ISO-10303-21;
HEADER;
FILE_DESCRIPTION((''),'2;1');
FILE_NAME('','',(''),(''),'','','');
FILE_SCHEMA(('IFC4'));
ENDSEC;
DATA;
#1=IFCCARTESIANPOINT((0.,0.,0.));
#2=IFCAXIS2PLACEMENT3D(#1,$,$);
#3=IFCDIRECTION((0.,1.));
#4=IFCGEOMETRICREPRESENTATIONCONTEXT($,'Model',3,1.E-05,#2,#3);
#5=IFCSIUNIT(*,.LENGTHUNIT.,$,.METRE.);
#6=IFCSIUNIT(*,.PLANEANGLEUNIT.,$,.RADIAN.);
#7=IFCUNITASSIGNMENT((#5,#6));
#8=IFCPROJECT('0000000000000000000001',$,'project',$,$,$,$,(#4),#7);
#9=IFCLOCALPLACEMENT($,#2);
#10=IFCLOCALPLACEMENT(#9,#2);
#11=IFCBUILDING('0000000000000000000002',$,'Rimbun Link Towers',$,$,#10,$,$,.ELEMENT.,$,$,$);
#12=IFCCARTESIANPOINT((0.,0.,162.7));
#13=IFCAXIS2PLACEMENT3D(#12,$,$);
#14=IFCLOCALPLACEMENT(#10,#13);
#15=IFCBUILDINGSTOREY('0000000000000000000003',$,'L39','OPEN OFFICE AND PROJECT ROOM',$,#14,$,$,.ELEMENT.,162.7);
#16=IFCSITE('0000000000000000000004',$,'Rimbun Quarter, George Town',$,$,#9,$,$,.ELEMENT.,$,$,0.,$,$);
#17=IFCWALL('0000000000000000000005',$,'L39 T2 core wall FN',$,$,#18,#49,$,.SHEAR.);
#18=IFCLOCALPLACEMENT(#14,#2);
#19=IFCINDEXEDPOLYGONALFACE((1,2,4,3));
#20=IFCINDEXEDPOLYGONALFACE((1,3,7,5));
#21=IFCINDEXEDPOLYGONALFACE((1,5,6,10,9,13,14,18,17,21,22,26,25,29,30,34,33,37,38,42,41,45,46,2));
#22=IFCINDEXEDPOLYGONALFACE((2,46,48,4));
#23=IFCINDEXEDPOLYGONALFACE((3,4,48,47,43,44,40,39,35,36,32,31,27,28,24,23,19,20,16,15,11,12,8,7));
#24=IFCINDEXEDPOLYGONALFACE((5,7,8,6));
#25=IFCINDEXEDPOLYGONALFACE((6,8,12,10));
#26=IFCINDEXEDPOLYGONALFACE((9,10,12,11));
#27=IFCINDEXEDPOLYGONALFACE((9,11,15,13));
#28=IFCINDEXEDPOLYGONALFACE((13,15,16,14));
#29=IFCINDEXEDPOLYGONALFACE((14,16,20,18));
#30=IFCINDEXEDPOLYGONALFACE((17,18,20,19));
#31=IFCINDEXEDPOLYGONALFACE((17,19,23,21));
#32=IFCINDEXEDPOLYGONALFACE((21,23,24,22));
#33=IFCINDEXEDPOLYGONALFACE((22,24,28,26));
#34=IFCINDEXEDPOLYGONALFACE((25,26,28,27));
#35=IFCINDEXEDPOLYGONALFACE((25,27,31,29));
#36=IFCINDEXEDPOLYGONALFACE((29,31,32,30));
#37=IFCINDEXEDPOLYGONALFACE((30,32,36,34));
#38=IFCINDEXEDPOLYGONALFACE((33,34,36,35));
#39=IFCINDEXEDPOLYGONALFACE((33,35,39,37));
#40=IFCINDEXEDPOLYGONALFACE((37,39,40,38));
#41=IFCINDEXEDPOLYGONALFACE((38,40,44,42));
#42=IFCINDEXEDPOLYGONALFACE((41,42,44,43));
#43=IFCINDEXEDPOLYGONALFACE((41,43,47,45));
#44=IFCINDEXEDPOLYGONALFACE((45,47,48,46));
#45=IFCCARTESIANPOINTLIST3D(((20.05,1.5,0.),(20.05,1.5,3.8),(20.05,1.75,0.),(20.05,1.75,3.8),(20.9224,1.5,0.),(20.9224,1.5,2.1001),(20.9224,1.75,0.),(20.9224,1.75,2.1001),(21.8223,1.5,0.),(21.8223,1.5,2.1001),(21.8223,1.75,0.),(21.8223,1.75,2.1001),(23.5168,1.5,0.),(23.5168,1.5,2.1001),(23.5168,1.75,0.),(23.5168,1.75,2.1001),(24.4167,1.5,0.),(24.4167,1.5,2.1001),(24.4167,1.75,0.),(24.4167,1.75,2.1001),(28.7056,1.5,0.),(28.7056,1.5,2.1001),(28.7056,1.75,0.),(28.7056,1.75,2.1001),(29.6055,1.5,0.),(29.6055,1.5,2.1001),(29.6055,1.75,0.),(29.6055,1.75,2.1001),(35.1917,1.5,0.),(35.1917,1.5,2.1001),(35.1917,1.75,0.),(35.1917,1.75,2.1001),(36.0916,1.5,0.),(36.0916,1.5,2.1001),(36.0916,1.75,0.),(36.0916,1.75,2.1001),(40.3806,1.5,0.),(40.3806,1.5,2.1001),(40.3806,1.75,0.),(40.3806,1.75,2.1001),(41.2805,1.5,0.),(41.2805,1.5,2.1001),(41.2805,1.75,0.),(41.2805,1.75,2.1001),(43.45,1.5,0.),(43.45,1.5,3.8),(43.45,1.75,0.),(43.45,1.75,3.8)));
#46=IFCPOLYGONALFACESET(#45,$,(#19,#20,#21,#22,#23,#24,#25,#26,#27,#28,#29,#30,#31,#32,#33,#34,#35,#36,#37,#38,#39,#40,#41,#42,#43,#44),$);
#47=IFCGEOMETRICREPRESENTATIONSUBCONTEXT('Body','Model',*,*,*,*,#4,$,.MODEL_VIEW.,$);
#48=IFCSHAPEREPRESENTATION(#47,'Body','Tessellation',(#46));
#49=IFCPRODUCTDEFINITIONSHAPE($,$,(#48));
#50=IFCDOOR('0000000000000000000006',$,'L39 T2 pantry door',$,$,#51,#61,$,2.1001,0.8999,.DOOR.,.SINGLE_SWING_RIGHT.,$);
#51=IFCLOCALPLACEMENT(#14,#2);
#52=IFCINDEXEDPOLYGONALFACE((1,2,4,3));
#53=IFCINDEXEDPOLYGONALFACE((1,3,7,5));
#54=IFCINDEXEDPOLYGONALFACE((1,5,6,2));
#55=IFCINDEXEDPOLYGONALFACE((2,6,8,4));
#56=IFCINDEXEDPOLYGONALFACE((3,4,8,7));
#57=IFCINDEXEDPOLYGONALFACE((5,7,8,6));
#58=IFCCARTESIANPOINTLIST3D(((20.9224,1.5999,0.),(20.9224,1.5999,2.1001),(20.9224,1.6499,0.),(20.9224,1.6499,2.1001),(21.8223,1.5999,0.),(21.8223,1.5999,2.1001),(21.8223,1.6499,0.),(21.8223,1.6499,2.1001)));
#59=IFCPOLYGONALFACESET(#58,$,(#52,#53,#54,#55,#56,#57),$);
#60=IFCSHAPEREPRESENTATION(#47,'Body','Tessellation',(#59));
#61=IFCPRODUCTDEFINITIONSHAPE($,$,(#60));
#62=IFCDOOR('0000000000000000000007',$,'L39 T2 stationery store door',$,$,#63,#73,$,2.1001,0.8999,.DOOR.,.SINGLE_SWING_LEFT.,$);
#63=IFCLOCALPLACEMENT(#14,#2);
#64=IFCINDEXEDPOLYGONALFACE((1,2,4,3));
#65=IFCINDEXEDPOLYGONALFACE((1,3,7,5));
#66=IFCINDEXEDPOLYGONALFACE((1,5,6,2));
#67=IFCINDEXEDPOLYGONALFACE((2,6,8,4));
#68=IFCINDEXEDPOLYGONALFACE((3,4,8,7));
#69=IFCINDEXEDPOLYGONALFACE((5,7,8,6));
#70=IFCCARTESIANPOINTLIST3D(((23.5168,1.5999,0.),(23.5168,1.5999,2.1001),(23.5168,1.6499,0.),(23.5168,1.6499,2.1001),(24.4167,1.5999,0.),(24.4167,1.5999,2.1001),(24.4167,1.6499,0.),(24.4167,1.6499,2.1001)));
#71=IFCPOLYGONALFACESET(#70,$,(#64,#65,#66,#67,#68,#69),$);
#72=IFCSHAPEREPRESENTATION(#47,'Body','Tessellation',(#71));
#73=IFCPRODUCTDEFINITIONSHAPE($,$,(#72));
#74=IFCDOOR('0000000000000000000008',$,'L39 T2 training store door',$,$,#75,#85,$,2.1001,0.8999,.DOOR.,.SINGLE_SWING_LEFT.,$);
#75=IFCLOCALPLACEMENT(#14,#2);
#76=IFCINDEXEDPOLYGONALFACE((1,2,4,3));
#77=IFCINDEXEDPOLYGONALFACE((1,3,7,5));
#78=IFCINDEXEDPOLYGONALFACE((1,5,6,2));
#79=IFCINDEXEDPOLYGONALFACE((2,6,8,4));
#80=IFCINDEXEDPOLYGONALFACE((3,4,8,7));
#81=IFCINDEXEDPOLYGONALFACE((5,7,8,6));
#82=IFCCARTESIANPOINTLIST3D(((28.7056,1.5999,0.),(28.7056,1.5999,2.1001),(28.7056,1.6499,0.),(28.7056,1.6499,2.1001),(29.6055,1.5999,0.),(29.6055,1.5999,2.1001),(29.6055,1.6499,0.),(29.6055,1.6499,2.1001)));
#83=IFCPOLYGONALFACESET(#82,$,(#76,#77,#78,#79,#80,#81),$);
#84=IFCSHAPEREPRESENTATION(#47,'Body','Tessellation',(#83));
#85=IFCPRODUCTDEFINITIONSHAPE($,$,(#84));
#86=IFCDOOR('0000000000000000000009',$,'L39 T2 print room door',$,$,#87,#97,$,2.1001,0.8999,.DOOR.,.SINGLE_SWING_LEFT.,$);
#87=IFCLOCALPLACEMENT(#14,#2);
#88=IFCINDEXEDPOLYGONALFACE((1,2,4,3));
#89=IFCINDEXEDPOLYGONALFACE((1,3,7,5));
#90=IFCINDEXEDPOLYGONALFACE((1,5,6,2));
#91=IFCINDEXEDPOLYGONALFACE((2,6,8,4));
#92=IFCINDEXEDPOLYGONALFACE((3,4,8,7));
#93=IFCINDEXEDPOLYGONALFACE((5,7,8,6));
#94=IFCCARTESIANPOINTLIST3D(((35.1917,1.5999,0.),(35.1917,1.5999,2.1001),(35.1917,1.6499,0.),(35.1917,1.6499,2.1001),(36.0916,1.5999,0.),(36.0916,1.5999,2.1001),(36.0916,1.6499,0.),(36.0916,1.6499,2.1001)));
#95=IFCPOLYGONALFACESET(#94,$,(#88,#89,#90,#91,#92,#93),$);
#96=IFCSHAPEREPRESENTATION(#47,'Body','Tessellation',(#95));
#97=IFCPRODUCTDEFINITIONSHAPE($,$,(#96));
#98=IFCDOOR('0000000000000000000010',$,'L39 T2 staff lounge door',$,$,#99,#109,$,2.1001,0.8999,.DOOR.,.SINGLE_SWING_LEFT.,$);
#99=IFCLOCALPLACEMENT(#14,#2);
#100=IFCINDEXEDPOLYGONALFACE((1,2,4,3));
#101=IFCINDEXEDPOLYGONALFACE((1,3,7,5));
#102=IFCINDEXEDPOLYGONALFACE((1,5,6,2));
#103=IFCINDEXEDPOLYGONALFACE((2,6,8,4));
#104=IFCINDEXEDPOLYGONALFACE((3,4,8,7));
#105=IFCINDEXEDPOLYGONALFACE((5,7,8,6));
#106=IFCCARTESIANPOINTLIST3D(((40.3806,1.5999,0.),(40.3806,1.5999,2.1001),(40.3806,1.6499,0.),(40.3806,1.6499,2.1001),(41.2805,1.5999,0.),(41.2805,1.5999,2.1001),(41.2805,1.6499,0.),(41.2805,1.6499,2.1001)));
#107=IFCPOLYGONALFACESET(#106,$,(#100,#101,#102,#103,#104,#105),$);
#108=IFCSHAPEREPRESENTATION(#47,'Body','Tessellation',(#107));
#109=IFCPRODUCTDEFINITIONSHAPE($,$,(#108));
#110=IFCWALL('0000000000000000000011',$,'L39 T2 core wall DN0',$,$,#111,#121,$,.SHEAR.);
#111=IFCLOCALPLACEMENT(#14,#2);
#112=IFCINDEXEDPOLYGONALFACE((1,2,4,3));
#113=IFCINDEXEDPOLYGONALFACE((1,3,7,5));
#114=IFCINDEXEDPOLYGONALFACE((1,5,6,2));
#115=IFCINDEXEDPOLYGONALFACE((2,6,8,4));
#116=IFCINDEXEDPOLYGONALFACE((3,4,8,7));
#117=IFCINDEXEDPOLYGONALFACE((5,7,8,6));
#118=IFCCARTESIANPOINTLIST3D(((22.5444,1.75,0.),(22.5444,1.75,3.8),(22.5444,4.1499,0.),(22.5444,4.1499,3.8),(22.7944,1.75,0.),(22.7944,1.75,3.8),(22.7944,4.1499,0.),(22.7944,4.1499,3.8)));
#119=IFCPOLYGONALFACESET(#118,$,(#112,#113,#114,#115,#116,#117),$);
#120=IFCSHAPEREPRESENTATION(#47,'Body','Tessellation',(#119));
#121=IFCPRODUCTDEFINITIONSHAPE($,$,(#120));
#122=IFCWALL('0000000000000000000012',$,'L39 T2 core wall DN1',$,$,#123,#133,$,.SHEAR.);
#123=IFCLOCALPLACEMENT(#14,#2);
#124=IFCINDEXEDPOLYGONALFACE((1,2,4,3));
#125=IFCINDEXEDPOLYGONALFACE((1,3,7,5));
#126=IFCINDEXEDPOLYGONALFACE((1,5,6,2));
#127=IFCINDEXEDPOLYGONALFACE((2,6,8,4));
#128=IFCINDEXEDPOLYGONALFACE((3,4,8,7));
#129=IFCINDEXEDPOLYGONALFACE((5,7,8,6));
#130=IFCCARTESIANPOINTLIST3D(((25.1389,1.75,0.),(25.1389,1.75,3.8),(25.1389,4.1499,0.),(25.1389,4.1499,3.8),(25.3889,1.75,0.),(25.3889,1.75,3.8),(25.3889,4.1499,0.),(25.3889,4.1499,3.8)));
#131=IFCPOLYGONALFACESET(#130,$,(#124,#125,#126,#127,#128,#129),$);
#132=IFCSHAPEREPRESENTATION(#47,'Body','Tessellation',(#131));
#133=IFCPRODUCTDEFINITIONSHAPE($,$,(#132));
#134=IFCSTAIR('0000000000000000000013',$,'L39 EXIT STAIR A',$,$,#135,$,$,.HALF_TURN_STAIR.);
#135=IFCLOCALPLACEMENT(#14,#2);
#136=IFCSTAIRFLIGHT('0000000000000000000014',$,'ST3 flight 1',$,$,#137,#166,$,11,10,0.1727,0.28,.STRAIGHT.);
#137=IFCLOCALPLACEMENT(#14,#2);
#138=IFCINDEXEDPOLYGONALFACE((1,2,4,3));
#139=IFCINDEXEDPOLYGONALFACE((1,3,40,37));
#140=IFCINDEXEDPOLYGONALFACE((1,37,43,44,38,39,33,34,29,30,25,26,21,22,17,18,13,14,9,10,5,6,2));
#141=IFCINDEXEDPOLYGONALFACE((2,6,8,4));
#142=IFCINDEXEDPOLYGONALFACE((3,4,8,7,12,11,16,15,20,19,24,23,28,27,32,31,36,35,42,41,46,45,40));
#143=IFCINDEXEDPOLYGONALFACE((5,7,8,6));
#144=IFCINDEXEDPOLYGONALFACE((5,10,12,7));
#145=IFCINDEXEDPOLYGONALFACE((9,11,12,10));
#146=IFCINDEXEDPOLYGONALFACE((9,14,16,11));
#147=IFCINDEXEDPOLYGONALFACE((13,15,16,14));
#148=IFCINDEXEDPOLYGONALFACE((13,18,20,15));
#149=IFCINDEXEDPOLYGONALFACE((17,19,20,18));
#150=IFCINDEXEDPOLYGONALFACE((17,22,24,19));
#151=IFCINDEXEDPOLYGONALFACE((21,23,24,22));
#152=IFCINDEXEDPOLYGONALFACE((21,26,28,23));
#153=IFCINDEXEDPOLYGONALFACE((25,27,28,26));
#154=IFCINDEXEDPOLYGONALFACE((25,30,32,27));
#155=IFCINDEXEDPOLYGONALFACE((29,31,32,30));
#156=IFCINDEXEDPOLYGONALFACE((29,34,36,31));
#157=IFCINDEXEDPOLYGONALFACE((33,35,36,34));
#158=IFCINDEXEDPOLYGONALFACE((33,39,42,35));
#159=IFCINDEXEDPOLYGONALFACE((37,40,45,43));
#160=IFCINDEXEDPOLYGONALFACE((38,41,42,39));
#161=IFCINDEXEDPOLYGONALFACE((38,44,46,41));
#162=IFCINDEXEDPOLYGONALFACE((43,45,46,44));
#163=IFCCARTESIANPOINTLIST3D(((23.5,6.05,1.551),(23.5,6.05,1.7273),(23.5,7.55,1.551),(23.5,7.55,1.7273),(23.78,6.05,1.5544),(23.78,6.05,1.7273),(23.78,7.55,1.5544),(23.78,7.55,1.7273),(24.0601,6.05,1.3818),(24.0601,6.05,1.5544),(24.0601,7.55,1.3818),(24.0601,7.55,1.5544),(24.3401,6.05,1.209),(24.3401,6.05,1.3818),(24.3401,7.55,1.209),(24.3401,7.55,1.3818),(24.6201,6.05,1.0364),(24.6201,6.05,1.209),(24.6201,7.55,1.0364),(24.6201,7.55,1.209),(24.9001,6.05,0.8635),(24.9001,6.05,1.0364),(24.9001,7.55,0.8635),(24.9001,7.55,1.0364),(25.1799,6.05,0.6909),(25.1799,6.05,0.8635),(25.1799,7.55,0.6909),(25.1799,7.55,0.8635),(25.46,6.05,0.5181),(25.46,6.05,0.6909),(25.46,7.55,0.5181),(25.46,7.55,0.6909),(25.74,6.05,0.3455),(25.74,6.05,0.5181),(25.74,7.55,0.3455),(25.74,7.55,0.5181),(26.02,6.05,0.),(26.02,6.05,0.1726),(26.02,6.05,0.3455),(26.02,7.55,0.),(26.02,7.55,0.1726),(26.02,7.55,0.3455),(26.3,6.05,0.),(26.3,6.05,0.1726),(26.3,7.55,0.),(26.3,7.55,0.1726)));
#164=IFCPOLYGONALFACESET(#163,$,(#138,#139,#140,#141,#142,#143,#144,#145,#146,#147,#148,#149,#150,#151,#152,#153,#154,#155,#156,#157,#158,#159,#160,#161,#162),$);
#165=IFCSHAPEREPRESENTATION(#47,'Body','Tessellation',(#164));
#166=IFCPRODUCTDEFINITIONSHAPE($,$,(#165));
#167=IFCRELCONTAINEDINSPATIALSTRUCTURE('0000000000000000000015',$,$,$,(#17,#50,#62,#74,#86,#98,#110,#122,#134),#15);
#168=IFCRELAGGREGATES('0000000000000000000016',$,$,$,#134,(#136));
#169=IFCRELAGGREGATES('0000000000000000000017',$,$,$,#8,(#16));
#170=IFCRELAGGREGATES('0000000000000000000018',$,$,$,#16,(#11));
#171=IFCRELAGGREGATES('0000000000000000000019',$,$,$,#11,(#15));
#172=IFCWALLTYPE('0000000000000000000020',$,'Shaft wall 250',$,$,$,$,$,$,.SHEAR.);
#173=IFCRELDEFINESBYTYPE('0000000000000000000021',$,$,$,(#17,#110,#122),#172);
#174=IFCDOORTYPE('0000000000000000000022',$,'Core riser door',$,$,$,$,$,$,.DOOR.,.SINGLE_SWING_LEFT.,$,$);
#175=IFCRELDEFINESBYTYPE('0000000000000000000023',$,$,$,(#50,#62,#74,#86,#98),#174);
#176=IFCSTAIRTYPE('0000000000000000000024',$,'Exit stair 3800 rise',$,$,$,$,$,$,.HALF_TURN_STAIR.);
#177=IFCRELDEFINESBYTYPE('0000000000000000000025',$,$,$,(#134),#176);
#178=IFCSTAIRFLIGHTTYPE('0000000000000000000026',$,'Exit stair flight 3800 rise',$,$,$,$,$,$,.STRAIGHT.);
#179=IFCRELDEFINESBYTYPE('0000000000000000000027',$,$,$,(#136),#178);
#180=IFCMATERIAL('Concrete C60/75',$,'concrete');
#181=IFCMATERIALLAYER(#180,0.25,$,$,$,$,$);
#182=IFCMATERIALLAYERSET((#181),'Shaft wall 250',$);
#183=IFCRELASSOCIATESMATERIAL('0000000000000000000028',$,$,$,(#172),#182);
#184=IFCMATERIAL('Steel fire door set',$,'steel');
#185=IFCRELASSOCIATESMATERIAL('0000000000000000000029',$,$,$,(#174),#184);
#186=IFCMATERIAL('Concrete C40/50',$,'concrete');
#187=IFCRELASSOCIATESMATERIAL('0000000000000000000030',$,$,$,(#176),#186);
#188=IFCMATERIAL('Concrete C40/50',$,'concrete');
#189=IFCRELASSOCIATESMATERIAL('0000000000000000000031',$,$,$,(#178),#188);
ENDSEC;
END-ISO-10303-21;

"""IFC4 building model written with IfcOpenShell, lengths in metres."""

from ifc_helpers import new_model, si_unit, direction, frame, frame_2d, origin, place, context, subcontext, project, spatial, polyline, rectangle, outline, extrude, material, layer, layer_set, type_object, element, fill, aggregate, save


model = new_model("IFC4")

# Units and contexts
model_context = context("Model", 3, precision=1e-05, world=origin(), true_north=direction((0.0, 1.0)))
body_context = subcontext(model_context, "Body", "Model", "MODEL_VIEW")
ifc_project = project(units=[si_unit("LENGTHUNIT", "METRE"), si_unit("PLANEANGLEUNIT", "RADIAN")], contexts=[model_context])

# Site, building, storey
site_placement = place(None, origin())
site = spatial("IfcSite", under=ifc_project, at=site_placement, Name="Rimbun Quarter, George Town", CompositionType="ELEMENT", RefElevation=0.0)
building_placement = place(site_placement, origin())
building = spatial("IfcBuilding", under=site, at=building_placement, Name="Rimbun Link Towers", CompositionType="ELEMENT")
storey_placement = place(building_placement, frame((0.0, 0.0, 162.7)))
storey = spatial("IfcBuildingStorey", under=building, at=storey_placement, Name="L39", Description="OPEN OFFICE AND PROJECT ROOM", CompositionType="ELEMENT", Elevation=162.7)

# Shared definitions
ifc_material_1 = material(Name="Concrete C60/75", Category="concrete")
ifc_layer = layer(ifc_material_1, 0.25)
ifc_layer_set = layer_set([ifc_layer], Name="Shaft wall 250")
wall_type = type_object("IfcWallType", Name="Shaft wall 250", PredefinedType="SHEAR", material=ifc_layer_set)

# Wall, openings, doors
wall_1_placement = place(storey_placement, frame((20.05, 1.625, 0.0), z_axis=(0.0, 0.0, 1.0), x_axis=(1.0, 0.0, 0.0)))
wall_1 = element("IfcWall", 1, at=wall_1_placement, inside=storey, type_object=wall_type, Name="L39 T2 core wall FN", PredefinedType="SHEAR", context=body_context, shape_type="SweptSolid", body=[
    extrude(rectangle(XDim=23.3999, YDim=0.25, at=frame_2d((11.7, 0.0))), origin(), (0.0, 0.0, 1.0), 3.8),
])
opening_1_placement = place(wall_1_placement, frame((0.8723, 0.0, 0.0)))
opening_1 = element("IfcOpeningElement", 2, at=opening_1_placement, cuts=wall_1, PredefinedType="OPENING", context=body_context, shape_type="SweptSolid", body=[
    extrude(rectangle(XDim=0.8999, YDim=2.1001, at=frame_2d((0.45, 1.05))), frame((0.0, 0.135, 0.0), z_axis=(0.0, -1.0, 0.0), x_axis=(1.0, 0.0, 0.0)), (0.0, 0.0, 1.0), 0.27),
])
opening_2_placement = place(wall_1_placement, frame((3.4668, 0.0, 0.0)))
opening_2 = element("IfcOpeningElement", 3, at=opening_2_placement, cuts=wall_1, PredefinedType="OPENING", context=body_context, shape_type="SweptSolid", body=[
    extrude(rectangle(XDim=0.8999, YDim=2.1001, at=frame_2d((0.45, 1.05))), frame((0.0, 0.135, 0.0), z_axis=(0.0, -1.0, 0.0), x_axis=(1.0, 0.0, 0.0)), (0.0, 0.0, 1.0), 0.27),
])
opening_3_placement = place(wall_1_placement, frame((8.6555, 0.0, 0.0)))
opening_3 = element("IfcOpeningElement", 4, at=opening_3_placement, cuts=wall_1, PredefinedType="OPENING", context=body_context, shape_type="SweptSolid", body=[
    extrude(rectangle(XDim=0.8999, YDim=2.1001, at=frame_2d((0.45, 1.05))), frame((0.0, 0.135, 0.0), z_axis=(0.0, -1.0, 0.0), x_axis=(1.0, 0.0, 0.0)), (0.0, 0.0, 1.0), 0.27),
])
opening_4_placement = place(wall_1_placement, frame((15.1416, 0.0, 0.0)))
opening_4 = element("IfcOpeningElement", 5, at=opening_4_placement, cuts=wall_1, PredefinedType="OPENING", context=body_context, shape_type="SweptSolid", body=[
    extrude(rectangle(XDim=0.8999, YDim=2.1001, at=frame_2d((0.45, 1.05))), frame((0.0, 0.135, 0.0), z_axis=(0.0, -1.0, 0.0), x_axis=(1.0, 0.0, 0.0)), (0.0, 0.0, 1.0), 0.27),
])
opening_5_placement = place(wall_1_placement, frame((20.3306, 0.0, 0.0)))
opening_5 = element("IfcOpeningElement", 6, at=opening_5_placement, cuts=wall_1, PredefinedType="OPENING", context=body_context, shape_type="SweptSolid", body=[
    extrude(rectangle(XDim=0.8999, YDim=2.1001, at=frame_2d((0.45, 1.05))), frame((0.0, 0.135, 0.0), z_axis=(0.0, -1.0, 0.0), x_axis=(1.0, 0.0, 0.0)), (0.0, 0.0, 1.0), 0.27),
])
ifc_material_2 = material(Name="Steel fire door set", Category="steel")
door_type = type_object("IfcDoorType", Name="Core riser door", OperationType="SINGLE_SWING_LEFT", PredefinedType="DOOR", material=ifc_material_2)
door_1_placement = place(opening_1_placement, origin())
door_1 = element("IfcDoor", 7, at=door_1_placement, inside=storey, type_object=door_type, Name="L39 T2 pantry door", OperationType="SINGLE_SWING_RIGHT", OverallHeight=2.1001, OverallWidth=0.8999, PredefinedType="DOOR", context=body_context, shape_type="SweptSolid", body=[
    extrude(rectangle(XDim=0.8999, YDim=2.1001, at=frame_2d((0.45, 1.05))), frame((0.0, 0.0249, 0.0), z_axis=(0.0, -1.0, 0.0), x_axis=(1.0, 0.0, 0.0)), (0.0, 0.0, 1.0), 0.05),
])
fill(opening_1, door_1)
door_2_placement = place(opening_2_placement, origin())
door_2 = element("IfcDoor", 8, at=door_2_placement, inside=storey, type_object=door_type, Name="L39 T2 stationery store door", OperationType="SINGLE_SWING_LEFT", OverallHeight=2.1001, OverallWidth=0.8999, PredefinedType="DOOR", context=body_context, shape_type="SweptSolid", body=[
    extrude(rectangle(XDim=0.8999, YDim=2.1001, at=frame_2d((0.45, 1.05))), frame((0.0, 0.0249, 0.0), z_axis=(0.0, -1.0, 0.0), x_axis=(1.0, 0.0, 0.0)), (0.0, 0.0, 1.0), 0.05),
])
fill(opening_2, door_2)
door_3_placement = place(opening_3_placement, origin())
door_3 = element("IfcDoor", 9, at=door_3_placement, inside=storey, type_object=door_type, Name="L39 T2 training store door", OperationType="SINGLE_SWING_LEFT", OverallHeight=2.1001, OverallWidth=0.8999, PredefinedType="DOOR", context=body_context, shape_type="SweptSolid", body=[
    extrude(rectangle(XDim=0.8999, YDim=2.1001, at=frame_2d((0.45, 1.05))), frame((0.0, 0.0249, 0.0), z_axis=(0.0, -1.0, 0.0), x_axis=(1.0, 0.0, 0.0)), (0.0, 0.0, 1.0), 0.05),
])
fill(opening_3, door_3)
door_4_placement = place(opening_4_placement, origin())
door_4 = element("IfcDoor", 10, at=door_4_placement, inside=storey, type_object=door_type, Name="L39 T2 print room door", OperationType="SINGLE_SWING_LEFT", OverallHeight=2.1001, OverallWidth=0.8999, PredefinedType="DOOR", context=body_context, shape_type="SweptSolid", body=[
    extrude(rectangle(XDim=0.8999, YDim=2.1001, at=frame_2d((0.45, 1.05))), frame((0.0, 0.0249, 0.0), z_axis=(0.0, -1.0, 0.0), x_axis=(1.0, 0.0, 0.0)), (0.0, 0.0, 1.0), 0.05),
])
fill(opening_4, door_4)
door_5_placement = place(opening_5_placement, origin())
door_5 = element("IfcDoor", 11, at=door_5_placement, inside=storey, type_object=door_type, Name="L39 T2 staff lounge door", OperationType="SINGLE_SWING_LEFT", OverallHeight=2.1001, OverallWidth=0.8999, PredefinedType="DOOR", context=body_context, shape_type="SweptSolid", body=[
    extrude(rectangle(XDim=0.8999, YDim=2.1001, at=frame_2d((0.45, 1.05))), frame((0.0, 0.0249, 0.0), z_axis=(0.0, -1.0, 0.0), x_axis=(1.0, 0.0, 0.0)), (0.0, 0.0, 1.0), 0.05),
])
fill(opening_5, door_5)

# Walls
for number, where, z_axis, x_axis, name in (
    (12, (22.6694, 1.75, 0.0), (0.0, 0.0, 1.0), (0.0, 1.0, 0.0), "L39 T2 core wall DN0"),
    (13, (25.2639, 1.75, 0.0), (0.0, 0.0, 1.0), (0.0, 1.0, 0.0), "L39 T2 core wall DN1"),
):
    element("IfcWall", number, at=place(storey_placement, frame(where, z_axis=z_axis, x_axis=x_axis)), inside=storey, type_object=wall_type, Name=name, PredefinedType="SHEAR", context=body_context, shape_type="SweptSolid", body=[
        extrude(rectangle(XDim=2.3999, YDim=0.25, at=frame_2d((1.2, 0.0))), origin(), (0.0, 0.0, 1.0), 3.8),
    ])

# Stair, stair flight
ifc_material_3 = material(Name="Concrete C40/50", Category="concrete")
stair_type = type_object("IfcStairType", Name="Exit stair 3800 rise", PredefinedType="HALF_TURN_STAIR", material=ifc_material_3)
stair_placement = place(storey_placement, origin())
stair = element("IfcStair", 14, at=stair_placement, inside=storey, type_object=stair_type, Name="L39 EXIT STAIR A", PredefinedType="HALF_TURN_STAIR")
ifc_material_4 = material(Name="Concrete C40/50", Category="concrete")
stair_flight_type = type_object("IfcStairFlightType", Name="Exit stair flight 3800 rise", PredefinedType="STRAIGHT", material=ifc_material_4)
stair_flight_1_placement = place(storey_placement, frame((26.3, 6.8, 0.0), z_axis=(0.0, 0.0, 1.0), x_axis=(-1.0, 0.0, 0.0)))
stair_flight_1 = element("IfcStairFlight", 15, at=stair_flight_1_placement, type_object=stair_flight_type, Name="ST3 flight 1", NumberOfRisers=11, NumberOfTreads=10, PredefinedType="STRAIGHT", RiserHeight=0.1727, TreadLength=0.28, context=body_context, shape_type="SweptSolid", body=[
    extrude(outline(polyline([(0.0, 0.0), (0.0, 0.1726), (0.28, 0.1726), (0.28, 0.3455), (0.5601, 0.3455), (0.5601, 0.5181), (0.8401, 0.5181), (0.8401, 0.6909), (1.1201, 0.6909), (1.1201, 0.8635), (1.3999, 0.8635), (1.3999, 1.0364), (1.6799, 1.0364), (1.6799, 1.209), (1.96, 1.209), (1.96, 1.3818), (2.24, 1.3818), (2.24, 1.5544), (2.52, 1.5544), (2.52, 1.7273), (2.8, 1.7273), (2.8, 1.8999), (2.8, 1.551), (0.28, 0.0), (0.0, 0.0)])), frame((0.0, 0.75, 0.0), z_axis=(0.0, -1.0, 0.0), x_axis=(1.0, 0.0, 0.0)), (0.0, 0.0, 1.0), 1.5),
])
aggregate(stair, [stair_flight_1])

save(model, "model.ifc")
